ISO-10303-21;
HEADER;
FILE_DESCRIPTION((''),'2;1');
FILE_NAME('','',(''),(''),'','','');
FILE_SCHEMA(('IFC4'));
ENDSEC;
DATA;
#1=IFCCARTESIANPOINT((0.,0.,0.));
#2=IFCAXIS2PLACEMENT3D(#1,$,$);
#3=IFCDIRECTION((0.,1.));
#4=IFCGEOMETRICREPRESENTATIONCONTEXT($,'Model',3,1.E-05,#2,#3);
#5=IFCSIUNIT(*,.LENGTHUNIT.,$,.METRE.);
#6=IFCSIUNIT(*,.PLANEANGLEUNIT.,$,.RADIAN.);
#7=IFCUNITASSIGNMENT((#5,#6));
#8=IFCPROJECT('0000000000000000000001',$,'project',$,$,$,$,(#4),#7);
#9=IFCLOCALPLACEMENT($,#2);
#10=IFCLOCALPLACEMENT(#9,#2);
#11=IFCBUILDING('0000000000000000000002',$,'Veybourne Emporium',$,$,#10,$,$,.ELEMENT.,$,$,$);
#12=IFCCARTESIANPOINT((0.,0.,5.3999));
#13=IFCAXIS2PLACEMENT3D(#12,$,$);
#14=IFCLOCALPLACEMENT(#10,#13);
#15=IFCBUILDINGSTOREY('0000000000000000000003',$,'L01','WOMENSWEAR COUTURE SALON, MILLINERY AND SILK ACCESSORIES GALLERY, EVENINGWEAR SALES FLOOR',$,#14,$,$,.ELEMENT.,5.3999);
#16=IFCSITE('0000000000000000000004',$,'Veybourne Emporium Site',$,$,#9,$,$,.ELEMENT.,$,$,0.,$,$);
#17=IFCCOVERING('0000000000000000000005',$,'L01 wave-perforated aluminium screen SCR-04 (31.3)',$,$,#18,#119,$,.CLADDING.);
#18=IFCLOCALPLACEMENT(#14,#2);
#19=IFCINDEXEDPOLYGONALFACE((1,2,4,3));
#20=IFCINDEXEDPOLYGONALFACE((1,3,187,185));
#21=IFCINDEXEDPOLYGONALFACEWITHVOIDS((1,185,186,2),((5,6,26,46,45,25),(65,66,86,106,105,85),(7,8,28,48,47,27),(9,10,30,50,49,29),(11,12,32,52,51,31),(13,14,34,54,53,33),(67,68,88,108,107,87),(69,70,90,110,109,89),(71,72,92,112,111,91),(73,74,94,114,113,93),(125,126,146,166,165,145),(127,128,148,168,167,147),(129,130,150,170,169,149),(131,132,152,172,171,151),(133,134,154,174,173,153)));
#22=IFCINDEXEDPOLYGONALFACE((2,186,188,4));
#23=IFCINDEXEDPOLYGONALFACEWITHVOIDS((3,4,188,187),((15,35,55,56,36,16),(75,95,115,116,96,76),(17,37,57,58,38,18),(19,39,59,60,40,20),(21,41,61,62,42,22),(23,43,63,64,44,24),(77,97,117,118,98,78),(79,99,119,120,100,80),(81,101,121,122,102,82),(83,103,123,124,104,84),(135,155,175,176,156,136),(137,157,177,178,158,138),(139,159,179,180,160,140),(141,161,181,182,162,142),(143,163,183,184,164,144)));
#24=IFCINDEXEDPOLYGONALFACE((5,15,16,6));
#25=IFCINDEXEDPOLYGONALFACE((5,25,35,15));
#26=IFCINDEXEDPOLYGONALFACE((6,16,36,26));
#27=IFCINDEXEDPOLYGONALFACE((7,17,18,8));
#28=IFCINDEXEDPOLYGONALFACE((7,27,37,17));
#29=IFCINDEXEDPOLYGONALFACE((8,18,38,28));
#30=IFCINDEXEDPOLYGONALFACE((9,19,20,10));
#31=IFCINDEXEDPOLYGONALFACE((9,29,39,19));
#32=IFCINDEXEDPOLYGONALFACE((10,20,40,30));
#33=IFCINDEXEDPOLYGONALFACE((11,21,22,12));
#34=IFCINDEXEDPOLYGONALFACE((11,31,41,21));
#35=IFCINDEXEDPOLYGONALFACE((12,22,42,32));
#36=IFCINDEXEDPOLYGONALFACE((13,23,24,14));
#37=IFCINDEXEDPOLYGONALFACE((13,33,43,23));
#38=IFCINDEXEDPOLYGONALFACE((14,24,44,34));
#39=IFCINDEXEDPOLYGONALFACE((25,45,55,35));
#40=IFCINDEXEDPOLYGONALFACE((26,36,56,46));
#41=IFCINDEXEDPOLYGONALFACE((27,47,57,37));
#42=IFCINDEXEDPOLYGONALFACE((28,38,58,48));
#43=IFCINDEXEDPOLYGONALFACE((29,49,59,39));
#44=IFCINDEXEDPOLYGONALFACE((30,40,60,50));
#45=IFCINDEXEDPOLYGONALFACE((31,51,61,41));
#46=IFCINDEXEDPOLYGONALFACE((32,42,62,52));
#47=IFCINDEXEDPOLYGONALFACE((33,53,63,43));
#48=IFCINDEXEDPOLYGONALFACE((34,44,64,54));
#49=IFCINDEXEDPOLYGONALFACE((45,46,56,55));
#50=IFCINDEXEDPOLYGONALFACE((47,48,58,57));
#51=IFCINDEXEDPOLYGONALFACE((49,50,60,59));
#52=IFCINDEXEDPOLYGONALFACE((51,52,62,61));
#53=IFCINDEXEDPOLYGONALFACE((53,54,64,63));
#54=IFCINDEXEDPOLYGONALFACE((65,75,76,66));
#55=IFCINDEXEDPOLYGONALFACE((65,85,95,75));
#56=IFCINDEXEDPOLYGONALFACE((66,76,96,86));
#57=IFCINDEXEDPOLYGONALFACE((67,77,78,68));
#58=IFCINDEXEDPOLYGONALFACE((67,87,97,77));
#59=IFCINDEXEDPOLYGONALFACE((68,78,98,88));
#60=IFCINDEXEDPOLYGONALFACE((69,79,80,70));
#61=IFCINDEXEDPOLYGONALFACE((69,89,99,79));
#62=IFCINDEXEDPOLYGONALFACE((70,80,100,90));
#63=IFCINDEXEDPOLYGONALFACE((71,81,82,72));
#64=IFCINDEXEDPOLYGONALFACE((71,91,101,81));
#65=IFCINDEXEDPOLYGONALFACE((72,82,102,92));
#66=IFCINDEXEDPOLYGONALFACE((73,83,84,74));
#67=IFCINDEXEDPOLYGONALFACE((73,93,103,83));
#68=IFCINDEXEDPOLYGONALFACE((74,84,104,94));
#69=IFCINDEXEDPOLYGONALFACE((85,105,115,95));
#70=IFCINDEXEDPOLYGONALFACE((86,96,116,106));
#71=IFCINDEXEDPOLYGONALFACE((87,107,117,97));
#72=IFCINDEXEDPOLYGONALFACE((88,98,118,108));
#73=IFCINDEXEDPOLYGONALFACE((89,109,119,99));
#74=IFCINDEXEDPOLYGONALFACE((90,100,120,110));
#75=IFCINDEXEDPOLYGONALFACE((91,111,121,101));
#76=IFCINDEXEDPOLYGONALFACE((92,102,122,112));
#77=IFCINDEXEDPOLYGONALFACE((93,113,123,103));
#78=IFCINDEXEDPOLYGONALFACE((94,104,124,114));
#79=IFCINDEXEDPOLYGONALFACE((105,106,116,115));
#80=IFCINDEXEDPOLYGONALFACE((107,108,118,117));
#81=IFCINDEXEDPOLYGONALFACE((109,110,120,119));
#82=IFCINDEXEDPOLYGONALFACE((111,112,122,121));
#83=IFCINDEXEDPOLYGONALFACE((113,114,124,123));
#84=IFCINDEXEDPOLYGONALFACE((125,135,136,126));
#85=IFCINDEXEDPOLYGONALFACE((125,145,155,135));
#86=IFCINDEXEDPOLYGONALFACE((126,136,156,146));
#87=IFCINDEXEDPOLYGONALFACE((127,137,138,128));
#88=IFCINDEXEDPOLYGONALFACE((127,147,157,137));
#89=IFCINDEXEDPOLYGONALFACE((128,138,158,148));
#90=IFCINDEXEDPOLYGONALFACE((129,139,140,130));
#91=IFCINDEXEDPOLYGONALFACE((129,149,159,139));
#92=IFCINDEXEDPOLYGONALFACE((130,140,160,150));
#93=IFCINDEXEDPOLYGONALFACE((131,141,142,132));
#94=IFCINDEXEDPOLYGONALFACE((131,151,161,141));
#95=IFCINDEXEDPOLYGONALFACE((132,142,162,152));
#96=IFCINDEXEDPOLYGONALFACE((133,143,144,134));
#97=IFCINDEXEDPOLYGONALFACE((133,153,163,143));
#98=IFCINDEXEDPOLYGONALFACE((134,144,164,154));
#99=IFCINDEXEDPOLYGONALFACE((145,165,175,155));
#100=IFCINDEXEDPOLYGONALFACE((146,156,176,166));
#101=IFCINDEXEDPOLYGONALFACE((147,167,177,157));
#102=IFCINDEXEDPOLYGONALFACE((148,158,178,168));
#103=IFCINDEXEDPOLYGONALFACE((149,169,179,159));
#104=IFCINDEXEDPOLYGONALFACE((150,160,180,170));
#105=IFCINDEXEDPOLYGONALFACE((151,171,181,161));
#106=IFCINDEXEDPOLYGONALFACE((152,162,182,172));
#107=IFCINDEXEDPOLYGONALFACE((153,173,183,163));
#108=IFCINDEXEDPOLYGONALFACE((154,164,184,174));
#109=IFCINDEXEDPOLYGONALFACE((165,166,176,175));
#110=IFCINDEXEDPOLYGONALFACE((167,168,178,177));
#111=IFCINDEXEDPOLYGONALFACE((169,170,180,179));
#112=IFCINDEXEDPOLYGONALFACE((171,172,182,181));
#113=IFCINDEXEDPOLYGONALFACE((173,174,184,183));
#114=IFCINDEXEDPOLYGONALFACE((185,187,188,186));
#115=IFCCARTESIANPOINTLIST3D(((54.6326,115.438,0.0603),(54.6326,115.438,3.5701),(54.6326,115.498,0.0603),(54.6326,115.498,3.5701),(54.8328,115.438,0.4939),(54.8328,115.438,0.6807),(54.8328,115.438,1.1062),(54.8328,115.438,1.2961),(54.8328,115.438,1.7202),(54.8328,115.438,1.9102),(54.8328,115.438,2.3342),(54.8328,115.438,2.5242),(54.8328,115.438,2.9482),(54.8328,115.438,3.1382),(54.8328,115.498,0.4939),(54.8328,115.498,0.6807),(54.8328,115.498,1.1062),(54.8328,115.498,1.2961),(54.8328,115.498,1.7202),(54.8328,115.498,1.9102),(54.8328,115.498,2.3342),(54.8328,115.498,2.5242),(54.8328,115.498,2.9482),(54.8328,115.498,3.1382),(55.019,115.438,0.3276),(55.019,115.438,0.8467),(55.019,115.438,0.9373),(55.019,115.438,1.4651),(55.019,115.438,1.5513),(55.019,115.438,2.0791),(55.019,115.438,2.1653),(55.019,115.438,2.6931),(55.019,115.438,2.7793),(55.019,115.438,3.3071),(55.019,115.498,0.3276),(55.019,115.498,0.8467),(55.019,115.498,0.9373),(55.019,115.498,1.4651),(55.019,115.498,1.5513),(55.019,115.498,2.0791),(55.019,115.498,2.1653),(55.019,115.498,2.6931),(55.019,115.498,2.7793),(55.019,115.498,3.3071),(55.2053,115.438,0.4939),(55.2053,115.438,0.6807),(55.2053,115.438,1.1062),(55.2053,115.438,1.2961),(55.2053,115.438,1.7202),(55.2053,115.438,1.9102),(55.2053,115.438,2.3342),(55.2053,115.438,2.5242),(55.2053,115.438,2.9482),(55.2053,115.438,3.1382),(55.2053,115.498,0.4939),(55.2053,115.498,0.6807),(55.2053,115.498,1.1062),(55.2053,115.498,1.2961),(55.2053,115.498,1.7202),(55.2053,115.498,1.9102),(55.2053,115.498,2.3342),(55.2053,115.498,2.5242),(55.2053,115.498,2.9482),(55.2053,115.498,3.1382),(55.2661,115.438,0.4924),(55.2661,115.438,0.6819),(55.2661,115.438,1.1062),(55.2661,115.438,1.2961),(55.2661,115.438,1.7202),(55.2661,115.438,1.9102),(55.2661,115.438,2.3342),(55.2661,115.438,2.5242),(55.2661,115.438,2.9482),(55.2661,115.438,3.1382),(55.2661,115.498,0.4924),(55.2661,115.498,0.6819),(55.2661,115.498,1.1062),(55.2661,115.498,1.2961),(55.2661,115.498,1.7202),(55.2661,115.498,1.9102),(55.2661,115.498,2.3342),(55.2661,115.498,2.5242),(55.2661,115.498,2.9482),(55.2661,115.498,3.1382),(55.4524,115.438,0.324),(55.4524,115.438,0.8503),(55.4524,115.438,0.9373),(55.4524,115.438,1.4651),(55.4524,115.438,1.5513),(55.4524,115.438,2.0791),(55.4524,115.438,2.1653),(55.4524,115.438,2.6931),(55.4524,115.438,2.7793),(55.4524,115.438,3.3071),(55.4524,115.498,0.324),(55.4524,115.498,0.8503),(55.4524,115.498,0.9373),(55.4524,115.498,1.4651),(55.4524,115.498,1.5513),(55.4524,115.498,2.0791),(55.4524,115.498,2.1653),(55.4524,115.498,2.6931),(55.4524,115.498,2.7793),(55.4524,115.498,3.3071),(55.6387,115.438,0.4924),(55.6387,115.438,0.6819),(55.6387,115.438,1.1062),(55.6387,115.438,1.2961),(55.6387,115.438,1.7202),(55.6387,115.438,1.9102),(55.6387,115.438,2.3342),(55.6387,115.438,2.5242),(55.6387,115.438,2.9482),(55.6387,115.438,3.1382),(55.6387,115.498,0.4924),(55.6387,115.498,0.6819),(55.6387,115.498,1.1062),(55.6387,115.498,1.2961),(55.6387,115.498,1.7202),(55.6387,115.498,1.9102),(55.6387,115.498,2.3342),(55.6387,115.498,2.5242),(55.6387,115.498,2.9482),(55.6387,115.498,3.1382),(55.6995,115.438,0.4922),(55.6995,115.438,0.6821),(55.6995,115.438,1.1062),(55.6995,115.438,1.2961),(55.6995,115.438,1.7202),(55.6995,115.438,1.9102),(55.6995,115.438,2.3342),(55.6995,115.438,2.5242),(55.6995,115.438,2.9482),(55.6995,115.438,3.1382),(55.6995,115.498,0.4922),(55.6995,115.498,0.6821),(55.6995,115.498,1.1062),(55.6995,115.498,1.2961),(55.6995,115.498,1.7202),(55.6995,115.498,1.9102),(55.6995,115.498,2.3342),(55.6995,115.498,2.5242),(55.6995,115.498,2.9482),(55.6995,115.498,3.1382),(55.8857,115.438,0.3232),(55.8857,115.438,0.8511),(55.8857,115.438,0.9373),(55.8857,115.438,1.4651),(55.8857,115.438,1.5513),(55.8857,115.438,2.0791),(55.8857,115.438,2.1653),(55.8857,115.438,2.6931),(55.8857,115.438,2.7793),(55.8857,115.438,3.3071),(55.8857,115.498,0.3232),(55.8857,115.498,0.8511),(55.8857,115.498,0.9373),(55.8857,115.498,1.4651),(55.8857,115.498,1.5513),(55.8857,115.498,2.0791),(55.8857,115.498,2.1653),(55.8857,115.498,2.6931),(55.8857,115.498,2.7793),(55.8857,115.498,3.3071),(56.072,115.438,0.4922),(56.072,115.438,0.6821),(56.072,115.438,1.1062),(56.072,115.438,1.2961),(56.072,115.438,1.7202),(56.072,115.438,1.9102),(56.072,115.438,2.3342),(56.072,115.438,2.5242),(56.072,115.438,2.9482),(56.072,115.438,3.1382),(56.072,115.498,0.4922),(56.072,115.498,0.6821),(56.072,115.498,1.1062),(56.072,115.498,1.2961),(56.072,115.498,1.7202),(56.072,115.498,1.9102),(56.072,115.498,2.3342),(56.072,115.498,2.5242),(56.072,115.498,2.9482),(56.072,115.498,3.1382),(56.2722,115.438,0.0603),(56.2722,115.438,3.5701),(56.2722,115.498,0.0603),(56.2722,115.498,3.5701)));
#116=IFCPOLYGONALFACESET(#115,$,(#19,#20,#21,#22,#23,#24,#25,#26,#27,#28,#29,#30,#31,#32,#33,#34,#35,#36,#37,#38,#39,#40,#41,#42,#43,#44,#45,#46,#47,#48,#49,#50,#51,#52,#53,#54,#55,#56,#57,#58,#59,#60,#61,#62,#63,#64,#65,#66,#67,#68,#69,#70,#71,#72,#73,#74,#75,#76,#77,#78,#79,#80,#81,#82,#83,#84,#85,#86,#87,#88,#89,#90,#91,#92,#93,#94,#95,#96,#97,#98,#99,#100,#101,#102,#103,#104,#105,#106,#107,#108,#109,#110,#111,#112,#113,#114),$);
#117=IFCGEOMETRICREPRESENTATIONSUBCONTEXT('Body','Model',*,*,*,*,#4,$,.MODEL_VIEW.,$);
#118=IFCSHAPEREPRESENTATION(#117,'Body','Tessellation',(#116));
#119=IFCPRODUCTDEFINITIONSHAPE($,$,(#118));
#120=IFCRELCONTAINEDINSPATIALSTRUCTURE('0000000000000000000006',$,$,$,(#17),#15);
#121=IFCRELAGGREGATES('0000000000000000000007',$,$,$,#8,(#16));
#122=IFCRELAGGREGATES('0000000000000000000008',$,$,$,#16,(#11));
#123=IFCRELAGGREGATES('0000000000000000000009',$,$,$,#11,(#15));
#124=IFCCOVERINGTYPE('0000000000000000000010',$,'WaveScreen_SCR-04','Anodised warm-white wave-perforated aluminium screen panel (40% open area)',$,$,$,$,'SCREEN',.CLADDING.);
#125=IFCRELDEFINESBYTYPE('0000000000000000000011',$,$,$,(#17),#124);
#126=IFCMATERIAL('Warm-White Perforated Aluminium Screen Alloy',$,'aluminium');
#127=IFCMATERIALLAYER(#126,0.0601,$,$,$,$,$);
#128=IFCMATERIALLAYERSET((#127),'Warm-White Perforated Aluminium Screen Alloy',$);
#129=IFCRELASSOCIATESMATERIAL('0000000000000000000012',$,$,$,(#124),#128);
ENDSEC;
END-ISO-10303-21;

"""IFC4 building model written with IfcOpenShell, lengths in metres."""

from ifc_helpers import new_model, si_unit, direction, frame, origin, place, context, subcontext, project, spatial, polyline, outline, extrude, material, layer, layer_set, type_object, element, save


model = new_model("IFC4")

# Units and contexts
model_context = context("Model", 3, precision=1e-05, world=origin(), true_north=direction((0.0, 1.0)))
body_context = subcontext(model_context, "Body", "Model", "MODEL_VIEW")
ifc_project = project(units=[si_unit("LENGTHUNIT", "METRE"), si_unit("PLANEANGLEUNIT", "RADIAN")], contexts=[model_context])

# Site, building, storey
site_placement = place(None, origin())
site = spatial("IfcSite", under=ifc_project, at=site_placement, Name="Veybourne Emporium Site", CompositionType="ELEMENT", RefElevation=0.0)
building_placement = place(site_placement, origin())
building = spatial("IfcBuilding", under=site, at=building_placement, Name="Veybourne Emporium", CompositionType="ELEMENT")
storey_placement = place(building_placement, frame((0.0, 0.0, 5.3999)))
storey = spatial("IfcBuildingStorey", under=building, at=storey_placement, Name="L01", Description="WOMENSWEAR COUTURE SALON, MILLINERY AND SILK ACCESSORIES GALLERY, EVENINGWEAR SALES FLOOR", CompositionType="ELEMENT", Elevation=5.3999)

# Covering
ifc_material_1 = material(Name="Warm-White Perforated Aluminium Screen Alloy", Category="aluminium")
ifc_layer_1 = layer(ifc_material_1, 0.0601)
ifc_layer_set_1 = layer_set([ifc_layer_1], Name="Warm-White Perforated Aluminium Screen Alloy")
covering_type_1 = type_object("IfcCoveringType", Name="WaveScreen_SCR-04", Description="Anodised warm-white wave-perforated aluminium screen panel (40% open area)", ElementType="SCREEN", PredefinedType="CLADDING", material=ifc_layer_set_1)
covering_1_placement = place(storey_placement, frame((55.4524, 115.498, 1.8152), z_axis=(0.0, -1.0, 0.0), x_axis=(1.0, 0.0, 0.0)))
element("IfcCovering", 1, at=covering_1_placement, inside=storey, type_object=covering_type_1, Name="L01 wave-perforated aluminium screen SCR-04 (31.3)", PredefinedType="CLADDING", context=body_context, shape_type="SweptSolid", body=[
    extrude(outline(polyline([(-0.8198, -1.7549), (0.8198, -1.7549), (0.8198, 1.7549), (-0.8198, 1.7549), (-0.8198, -1.7549)]), holes=[polyline([(-0.4333, -0.9685), (-0.2471, -1.1345), (-0.2471, -1.3213), (-0.4333, -1.4875), (-0.6196, -1.3213), (-0.6196, -1.1345), (-0.4333, -0.9685)]), polyline([(-0.4333, -0.3501), (-0.2471, -0.519), (-0.2471, -0.709), (-0.4333, -0.8779), (-0.6196, -0.709), (-0.6196, -0.519), (-0.4333, -0.3501)]), polyline([(-0.4333, 0.2639), (-0.2471, 0.095), (-0.2471, -0.095), (-0.4333, -0.2639), (-0.6196, -0.095), (-0.6196, 0.095), (-0.4333, 0.2639)]), polyline([(-0.4333, 0.8779), (-0.2471, 0.709), (-0.2471, 0.519), (-0.4333, 0.3501), (-0.6196, 0.519), (-0.6196, 0.709), (-0.4333, 0.8779)]), polyline([(-0.4333, 1.4919), (-0.2471, 1.323), (-0.2471, 1.1331), (-0.4333, 0.9641), (-0.6196, 1.1331), (-0.6196, 1.323), (-0.4333, 1.4919)]), polyline([(0.0, -0.9648), (0.1863, -1.1333), (0.1863, -1.3228), (0.0, -1.4912), (-0.1863, -1.3228), (-0.1863, -1.1333), (0.0, -0.9648)]), polyline([(0.0, -0.3501), (0.1863, -0.519), (0.1863, -0.709), (0.0, -0.8779), (-0.1863, -0.709), (-0.1863, -0.519), (0.0, -0.3501)]), polyline([(0.0, 0.2639), (0.1863, 0.095), (0.1863, -0.095), (0.0, -0.2639), (-0.1863, -0.095), (-0.1863, 0.095), (0.0, 0.2639)]), polyline([(0.0, 0.8779), (0.1863, 0.709), (0.1863, 0.519), (0.0, 0.3501), (-0.1863, 0.519), (-0.1863, 0.709), (0.0, 0.8779)]), polyline([(0.0, 1.4919), (0.1863, 1.323), (0.1863, 1.1331), (0.0, 0.9641), (-0.1863, 1.1331), (-0.1863, 1.323), (0.0, 1.4919)]), polyline([(0.4333, -0.9641), (0.6196, -1.1331), (0.6196, -1.323), (0.4333, -1.4919), (0.2471, -1.323), (0.2471, -1.1331), (0.4333, -0.9641)]), polyline([(0.4333, -0.3501), (0.6196, -0.519), (0.6196, -0.709), (0.4333, -0.8779), (0.2471, -0.709), (0.2471, -0.519), (0.4333, -0.3501)]), polyline([(0.4333, 0.2639), (0.6196, 0.095), (0.6196, -0.095), (0.4333, -0.2639), (0.2471, -0.095), (0.2471, 0.095), (0.4333, 0.2639)]), polyline([(0.4333, 0.8779), (0.6196, 0.709), (0.6196, 0.519), (0.4333, 0.3501), (0.2471, 0.519), (0.2471, 0.709), (0.4333, 0.8779)]), polyline([(0.4333, 1.4919), (0.6196, 1.323), (0.6196, 1.1331), (0.4333, 0.9641), (0.2471, 1.1331), (0.2471, 1.323), (0.4333, 1.4919)])]), origin(), (0.0, 0.0, 1.0), 0.0601),
])

save(model, "model.ifc")
